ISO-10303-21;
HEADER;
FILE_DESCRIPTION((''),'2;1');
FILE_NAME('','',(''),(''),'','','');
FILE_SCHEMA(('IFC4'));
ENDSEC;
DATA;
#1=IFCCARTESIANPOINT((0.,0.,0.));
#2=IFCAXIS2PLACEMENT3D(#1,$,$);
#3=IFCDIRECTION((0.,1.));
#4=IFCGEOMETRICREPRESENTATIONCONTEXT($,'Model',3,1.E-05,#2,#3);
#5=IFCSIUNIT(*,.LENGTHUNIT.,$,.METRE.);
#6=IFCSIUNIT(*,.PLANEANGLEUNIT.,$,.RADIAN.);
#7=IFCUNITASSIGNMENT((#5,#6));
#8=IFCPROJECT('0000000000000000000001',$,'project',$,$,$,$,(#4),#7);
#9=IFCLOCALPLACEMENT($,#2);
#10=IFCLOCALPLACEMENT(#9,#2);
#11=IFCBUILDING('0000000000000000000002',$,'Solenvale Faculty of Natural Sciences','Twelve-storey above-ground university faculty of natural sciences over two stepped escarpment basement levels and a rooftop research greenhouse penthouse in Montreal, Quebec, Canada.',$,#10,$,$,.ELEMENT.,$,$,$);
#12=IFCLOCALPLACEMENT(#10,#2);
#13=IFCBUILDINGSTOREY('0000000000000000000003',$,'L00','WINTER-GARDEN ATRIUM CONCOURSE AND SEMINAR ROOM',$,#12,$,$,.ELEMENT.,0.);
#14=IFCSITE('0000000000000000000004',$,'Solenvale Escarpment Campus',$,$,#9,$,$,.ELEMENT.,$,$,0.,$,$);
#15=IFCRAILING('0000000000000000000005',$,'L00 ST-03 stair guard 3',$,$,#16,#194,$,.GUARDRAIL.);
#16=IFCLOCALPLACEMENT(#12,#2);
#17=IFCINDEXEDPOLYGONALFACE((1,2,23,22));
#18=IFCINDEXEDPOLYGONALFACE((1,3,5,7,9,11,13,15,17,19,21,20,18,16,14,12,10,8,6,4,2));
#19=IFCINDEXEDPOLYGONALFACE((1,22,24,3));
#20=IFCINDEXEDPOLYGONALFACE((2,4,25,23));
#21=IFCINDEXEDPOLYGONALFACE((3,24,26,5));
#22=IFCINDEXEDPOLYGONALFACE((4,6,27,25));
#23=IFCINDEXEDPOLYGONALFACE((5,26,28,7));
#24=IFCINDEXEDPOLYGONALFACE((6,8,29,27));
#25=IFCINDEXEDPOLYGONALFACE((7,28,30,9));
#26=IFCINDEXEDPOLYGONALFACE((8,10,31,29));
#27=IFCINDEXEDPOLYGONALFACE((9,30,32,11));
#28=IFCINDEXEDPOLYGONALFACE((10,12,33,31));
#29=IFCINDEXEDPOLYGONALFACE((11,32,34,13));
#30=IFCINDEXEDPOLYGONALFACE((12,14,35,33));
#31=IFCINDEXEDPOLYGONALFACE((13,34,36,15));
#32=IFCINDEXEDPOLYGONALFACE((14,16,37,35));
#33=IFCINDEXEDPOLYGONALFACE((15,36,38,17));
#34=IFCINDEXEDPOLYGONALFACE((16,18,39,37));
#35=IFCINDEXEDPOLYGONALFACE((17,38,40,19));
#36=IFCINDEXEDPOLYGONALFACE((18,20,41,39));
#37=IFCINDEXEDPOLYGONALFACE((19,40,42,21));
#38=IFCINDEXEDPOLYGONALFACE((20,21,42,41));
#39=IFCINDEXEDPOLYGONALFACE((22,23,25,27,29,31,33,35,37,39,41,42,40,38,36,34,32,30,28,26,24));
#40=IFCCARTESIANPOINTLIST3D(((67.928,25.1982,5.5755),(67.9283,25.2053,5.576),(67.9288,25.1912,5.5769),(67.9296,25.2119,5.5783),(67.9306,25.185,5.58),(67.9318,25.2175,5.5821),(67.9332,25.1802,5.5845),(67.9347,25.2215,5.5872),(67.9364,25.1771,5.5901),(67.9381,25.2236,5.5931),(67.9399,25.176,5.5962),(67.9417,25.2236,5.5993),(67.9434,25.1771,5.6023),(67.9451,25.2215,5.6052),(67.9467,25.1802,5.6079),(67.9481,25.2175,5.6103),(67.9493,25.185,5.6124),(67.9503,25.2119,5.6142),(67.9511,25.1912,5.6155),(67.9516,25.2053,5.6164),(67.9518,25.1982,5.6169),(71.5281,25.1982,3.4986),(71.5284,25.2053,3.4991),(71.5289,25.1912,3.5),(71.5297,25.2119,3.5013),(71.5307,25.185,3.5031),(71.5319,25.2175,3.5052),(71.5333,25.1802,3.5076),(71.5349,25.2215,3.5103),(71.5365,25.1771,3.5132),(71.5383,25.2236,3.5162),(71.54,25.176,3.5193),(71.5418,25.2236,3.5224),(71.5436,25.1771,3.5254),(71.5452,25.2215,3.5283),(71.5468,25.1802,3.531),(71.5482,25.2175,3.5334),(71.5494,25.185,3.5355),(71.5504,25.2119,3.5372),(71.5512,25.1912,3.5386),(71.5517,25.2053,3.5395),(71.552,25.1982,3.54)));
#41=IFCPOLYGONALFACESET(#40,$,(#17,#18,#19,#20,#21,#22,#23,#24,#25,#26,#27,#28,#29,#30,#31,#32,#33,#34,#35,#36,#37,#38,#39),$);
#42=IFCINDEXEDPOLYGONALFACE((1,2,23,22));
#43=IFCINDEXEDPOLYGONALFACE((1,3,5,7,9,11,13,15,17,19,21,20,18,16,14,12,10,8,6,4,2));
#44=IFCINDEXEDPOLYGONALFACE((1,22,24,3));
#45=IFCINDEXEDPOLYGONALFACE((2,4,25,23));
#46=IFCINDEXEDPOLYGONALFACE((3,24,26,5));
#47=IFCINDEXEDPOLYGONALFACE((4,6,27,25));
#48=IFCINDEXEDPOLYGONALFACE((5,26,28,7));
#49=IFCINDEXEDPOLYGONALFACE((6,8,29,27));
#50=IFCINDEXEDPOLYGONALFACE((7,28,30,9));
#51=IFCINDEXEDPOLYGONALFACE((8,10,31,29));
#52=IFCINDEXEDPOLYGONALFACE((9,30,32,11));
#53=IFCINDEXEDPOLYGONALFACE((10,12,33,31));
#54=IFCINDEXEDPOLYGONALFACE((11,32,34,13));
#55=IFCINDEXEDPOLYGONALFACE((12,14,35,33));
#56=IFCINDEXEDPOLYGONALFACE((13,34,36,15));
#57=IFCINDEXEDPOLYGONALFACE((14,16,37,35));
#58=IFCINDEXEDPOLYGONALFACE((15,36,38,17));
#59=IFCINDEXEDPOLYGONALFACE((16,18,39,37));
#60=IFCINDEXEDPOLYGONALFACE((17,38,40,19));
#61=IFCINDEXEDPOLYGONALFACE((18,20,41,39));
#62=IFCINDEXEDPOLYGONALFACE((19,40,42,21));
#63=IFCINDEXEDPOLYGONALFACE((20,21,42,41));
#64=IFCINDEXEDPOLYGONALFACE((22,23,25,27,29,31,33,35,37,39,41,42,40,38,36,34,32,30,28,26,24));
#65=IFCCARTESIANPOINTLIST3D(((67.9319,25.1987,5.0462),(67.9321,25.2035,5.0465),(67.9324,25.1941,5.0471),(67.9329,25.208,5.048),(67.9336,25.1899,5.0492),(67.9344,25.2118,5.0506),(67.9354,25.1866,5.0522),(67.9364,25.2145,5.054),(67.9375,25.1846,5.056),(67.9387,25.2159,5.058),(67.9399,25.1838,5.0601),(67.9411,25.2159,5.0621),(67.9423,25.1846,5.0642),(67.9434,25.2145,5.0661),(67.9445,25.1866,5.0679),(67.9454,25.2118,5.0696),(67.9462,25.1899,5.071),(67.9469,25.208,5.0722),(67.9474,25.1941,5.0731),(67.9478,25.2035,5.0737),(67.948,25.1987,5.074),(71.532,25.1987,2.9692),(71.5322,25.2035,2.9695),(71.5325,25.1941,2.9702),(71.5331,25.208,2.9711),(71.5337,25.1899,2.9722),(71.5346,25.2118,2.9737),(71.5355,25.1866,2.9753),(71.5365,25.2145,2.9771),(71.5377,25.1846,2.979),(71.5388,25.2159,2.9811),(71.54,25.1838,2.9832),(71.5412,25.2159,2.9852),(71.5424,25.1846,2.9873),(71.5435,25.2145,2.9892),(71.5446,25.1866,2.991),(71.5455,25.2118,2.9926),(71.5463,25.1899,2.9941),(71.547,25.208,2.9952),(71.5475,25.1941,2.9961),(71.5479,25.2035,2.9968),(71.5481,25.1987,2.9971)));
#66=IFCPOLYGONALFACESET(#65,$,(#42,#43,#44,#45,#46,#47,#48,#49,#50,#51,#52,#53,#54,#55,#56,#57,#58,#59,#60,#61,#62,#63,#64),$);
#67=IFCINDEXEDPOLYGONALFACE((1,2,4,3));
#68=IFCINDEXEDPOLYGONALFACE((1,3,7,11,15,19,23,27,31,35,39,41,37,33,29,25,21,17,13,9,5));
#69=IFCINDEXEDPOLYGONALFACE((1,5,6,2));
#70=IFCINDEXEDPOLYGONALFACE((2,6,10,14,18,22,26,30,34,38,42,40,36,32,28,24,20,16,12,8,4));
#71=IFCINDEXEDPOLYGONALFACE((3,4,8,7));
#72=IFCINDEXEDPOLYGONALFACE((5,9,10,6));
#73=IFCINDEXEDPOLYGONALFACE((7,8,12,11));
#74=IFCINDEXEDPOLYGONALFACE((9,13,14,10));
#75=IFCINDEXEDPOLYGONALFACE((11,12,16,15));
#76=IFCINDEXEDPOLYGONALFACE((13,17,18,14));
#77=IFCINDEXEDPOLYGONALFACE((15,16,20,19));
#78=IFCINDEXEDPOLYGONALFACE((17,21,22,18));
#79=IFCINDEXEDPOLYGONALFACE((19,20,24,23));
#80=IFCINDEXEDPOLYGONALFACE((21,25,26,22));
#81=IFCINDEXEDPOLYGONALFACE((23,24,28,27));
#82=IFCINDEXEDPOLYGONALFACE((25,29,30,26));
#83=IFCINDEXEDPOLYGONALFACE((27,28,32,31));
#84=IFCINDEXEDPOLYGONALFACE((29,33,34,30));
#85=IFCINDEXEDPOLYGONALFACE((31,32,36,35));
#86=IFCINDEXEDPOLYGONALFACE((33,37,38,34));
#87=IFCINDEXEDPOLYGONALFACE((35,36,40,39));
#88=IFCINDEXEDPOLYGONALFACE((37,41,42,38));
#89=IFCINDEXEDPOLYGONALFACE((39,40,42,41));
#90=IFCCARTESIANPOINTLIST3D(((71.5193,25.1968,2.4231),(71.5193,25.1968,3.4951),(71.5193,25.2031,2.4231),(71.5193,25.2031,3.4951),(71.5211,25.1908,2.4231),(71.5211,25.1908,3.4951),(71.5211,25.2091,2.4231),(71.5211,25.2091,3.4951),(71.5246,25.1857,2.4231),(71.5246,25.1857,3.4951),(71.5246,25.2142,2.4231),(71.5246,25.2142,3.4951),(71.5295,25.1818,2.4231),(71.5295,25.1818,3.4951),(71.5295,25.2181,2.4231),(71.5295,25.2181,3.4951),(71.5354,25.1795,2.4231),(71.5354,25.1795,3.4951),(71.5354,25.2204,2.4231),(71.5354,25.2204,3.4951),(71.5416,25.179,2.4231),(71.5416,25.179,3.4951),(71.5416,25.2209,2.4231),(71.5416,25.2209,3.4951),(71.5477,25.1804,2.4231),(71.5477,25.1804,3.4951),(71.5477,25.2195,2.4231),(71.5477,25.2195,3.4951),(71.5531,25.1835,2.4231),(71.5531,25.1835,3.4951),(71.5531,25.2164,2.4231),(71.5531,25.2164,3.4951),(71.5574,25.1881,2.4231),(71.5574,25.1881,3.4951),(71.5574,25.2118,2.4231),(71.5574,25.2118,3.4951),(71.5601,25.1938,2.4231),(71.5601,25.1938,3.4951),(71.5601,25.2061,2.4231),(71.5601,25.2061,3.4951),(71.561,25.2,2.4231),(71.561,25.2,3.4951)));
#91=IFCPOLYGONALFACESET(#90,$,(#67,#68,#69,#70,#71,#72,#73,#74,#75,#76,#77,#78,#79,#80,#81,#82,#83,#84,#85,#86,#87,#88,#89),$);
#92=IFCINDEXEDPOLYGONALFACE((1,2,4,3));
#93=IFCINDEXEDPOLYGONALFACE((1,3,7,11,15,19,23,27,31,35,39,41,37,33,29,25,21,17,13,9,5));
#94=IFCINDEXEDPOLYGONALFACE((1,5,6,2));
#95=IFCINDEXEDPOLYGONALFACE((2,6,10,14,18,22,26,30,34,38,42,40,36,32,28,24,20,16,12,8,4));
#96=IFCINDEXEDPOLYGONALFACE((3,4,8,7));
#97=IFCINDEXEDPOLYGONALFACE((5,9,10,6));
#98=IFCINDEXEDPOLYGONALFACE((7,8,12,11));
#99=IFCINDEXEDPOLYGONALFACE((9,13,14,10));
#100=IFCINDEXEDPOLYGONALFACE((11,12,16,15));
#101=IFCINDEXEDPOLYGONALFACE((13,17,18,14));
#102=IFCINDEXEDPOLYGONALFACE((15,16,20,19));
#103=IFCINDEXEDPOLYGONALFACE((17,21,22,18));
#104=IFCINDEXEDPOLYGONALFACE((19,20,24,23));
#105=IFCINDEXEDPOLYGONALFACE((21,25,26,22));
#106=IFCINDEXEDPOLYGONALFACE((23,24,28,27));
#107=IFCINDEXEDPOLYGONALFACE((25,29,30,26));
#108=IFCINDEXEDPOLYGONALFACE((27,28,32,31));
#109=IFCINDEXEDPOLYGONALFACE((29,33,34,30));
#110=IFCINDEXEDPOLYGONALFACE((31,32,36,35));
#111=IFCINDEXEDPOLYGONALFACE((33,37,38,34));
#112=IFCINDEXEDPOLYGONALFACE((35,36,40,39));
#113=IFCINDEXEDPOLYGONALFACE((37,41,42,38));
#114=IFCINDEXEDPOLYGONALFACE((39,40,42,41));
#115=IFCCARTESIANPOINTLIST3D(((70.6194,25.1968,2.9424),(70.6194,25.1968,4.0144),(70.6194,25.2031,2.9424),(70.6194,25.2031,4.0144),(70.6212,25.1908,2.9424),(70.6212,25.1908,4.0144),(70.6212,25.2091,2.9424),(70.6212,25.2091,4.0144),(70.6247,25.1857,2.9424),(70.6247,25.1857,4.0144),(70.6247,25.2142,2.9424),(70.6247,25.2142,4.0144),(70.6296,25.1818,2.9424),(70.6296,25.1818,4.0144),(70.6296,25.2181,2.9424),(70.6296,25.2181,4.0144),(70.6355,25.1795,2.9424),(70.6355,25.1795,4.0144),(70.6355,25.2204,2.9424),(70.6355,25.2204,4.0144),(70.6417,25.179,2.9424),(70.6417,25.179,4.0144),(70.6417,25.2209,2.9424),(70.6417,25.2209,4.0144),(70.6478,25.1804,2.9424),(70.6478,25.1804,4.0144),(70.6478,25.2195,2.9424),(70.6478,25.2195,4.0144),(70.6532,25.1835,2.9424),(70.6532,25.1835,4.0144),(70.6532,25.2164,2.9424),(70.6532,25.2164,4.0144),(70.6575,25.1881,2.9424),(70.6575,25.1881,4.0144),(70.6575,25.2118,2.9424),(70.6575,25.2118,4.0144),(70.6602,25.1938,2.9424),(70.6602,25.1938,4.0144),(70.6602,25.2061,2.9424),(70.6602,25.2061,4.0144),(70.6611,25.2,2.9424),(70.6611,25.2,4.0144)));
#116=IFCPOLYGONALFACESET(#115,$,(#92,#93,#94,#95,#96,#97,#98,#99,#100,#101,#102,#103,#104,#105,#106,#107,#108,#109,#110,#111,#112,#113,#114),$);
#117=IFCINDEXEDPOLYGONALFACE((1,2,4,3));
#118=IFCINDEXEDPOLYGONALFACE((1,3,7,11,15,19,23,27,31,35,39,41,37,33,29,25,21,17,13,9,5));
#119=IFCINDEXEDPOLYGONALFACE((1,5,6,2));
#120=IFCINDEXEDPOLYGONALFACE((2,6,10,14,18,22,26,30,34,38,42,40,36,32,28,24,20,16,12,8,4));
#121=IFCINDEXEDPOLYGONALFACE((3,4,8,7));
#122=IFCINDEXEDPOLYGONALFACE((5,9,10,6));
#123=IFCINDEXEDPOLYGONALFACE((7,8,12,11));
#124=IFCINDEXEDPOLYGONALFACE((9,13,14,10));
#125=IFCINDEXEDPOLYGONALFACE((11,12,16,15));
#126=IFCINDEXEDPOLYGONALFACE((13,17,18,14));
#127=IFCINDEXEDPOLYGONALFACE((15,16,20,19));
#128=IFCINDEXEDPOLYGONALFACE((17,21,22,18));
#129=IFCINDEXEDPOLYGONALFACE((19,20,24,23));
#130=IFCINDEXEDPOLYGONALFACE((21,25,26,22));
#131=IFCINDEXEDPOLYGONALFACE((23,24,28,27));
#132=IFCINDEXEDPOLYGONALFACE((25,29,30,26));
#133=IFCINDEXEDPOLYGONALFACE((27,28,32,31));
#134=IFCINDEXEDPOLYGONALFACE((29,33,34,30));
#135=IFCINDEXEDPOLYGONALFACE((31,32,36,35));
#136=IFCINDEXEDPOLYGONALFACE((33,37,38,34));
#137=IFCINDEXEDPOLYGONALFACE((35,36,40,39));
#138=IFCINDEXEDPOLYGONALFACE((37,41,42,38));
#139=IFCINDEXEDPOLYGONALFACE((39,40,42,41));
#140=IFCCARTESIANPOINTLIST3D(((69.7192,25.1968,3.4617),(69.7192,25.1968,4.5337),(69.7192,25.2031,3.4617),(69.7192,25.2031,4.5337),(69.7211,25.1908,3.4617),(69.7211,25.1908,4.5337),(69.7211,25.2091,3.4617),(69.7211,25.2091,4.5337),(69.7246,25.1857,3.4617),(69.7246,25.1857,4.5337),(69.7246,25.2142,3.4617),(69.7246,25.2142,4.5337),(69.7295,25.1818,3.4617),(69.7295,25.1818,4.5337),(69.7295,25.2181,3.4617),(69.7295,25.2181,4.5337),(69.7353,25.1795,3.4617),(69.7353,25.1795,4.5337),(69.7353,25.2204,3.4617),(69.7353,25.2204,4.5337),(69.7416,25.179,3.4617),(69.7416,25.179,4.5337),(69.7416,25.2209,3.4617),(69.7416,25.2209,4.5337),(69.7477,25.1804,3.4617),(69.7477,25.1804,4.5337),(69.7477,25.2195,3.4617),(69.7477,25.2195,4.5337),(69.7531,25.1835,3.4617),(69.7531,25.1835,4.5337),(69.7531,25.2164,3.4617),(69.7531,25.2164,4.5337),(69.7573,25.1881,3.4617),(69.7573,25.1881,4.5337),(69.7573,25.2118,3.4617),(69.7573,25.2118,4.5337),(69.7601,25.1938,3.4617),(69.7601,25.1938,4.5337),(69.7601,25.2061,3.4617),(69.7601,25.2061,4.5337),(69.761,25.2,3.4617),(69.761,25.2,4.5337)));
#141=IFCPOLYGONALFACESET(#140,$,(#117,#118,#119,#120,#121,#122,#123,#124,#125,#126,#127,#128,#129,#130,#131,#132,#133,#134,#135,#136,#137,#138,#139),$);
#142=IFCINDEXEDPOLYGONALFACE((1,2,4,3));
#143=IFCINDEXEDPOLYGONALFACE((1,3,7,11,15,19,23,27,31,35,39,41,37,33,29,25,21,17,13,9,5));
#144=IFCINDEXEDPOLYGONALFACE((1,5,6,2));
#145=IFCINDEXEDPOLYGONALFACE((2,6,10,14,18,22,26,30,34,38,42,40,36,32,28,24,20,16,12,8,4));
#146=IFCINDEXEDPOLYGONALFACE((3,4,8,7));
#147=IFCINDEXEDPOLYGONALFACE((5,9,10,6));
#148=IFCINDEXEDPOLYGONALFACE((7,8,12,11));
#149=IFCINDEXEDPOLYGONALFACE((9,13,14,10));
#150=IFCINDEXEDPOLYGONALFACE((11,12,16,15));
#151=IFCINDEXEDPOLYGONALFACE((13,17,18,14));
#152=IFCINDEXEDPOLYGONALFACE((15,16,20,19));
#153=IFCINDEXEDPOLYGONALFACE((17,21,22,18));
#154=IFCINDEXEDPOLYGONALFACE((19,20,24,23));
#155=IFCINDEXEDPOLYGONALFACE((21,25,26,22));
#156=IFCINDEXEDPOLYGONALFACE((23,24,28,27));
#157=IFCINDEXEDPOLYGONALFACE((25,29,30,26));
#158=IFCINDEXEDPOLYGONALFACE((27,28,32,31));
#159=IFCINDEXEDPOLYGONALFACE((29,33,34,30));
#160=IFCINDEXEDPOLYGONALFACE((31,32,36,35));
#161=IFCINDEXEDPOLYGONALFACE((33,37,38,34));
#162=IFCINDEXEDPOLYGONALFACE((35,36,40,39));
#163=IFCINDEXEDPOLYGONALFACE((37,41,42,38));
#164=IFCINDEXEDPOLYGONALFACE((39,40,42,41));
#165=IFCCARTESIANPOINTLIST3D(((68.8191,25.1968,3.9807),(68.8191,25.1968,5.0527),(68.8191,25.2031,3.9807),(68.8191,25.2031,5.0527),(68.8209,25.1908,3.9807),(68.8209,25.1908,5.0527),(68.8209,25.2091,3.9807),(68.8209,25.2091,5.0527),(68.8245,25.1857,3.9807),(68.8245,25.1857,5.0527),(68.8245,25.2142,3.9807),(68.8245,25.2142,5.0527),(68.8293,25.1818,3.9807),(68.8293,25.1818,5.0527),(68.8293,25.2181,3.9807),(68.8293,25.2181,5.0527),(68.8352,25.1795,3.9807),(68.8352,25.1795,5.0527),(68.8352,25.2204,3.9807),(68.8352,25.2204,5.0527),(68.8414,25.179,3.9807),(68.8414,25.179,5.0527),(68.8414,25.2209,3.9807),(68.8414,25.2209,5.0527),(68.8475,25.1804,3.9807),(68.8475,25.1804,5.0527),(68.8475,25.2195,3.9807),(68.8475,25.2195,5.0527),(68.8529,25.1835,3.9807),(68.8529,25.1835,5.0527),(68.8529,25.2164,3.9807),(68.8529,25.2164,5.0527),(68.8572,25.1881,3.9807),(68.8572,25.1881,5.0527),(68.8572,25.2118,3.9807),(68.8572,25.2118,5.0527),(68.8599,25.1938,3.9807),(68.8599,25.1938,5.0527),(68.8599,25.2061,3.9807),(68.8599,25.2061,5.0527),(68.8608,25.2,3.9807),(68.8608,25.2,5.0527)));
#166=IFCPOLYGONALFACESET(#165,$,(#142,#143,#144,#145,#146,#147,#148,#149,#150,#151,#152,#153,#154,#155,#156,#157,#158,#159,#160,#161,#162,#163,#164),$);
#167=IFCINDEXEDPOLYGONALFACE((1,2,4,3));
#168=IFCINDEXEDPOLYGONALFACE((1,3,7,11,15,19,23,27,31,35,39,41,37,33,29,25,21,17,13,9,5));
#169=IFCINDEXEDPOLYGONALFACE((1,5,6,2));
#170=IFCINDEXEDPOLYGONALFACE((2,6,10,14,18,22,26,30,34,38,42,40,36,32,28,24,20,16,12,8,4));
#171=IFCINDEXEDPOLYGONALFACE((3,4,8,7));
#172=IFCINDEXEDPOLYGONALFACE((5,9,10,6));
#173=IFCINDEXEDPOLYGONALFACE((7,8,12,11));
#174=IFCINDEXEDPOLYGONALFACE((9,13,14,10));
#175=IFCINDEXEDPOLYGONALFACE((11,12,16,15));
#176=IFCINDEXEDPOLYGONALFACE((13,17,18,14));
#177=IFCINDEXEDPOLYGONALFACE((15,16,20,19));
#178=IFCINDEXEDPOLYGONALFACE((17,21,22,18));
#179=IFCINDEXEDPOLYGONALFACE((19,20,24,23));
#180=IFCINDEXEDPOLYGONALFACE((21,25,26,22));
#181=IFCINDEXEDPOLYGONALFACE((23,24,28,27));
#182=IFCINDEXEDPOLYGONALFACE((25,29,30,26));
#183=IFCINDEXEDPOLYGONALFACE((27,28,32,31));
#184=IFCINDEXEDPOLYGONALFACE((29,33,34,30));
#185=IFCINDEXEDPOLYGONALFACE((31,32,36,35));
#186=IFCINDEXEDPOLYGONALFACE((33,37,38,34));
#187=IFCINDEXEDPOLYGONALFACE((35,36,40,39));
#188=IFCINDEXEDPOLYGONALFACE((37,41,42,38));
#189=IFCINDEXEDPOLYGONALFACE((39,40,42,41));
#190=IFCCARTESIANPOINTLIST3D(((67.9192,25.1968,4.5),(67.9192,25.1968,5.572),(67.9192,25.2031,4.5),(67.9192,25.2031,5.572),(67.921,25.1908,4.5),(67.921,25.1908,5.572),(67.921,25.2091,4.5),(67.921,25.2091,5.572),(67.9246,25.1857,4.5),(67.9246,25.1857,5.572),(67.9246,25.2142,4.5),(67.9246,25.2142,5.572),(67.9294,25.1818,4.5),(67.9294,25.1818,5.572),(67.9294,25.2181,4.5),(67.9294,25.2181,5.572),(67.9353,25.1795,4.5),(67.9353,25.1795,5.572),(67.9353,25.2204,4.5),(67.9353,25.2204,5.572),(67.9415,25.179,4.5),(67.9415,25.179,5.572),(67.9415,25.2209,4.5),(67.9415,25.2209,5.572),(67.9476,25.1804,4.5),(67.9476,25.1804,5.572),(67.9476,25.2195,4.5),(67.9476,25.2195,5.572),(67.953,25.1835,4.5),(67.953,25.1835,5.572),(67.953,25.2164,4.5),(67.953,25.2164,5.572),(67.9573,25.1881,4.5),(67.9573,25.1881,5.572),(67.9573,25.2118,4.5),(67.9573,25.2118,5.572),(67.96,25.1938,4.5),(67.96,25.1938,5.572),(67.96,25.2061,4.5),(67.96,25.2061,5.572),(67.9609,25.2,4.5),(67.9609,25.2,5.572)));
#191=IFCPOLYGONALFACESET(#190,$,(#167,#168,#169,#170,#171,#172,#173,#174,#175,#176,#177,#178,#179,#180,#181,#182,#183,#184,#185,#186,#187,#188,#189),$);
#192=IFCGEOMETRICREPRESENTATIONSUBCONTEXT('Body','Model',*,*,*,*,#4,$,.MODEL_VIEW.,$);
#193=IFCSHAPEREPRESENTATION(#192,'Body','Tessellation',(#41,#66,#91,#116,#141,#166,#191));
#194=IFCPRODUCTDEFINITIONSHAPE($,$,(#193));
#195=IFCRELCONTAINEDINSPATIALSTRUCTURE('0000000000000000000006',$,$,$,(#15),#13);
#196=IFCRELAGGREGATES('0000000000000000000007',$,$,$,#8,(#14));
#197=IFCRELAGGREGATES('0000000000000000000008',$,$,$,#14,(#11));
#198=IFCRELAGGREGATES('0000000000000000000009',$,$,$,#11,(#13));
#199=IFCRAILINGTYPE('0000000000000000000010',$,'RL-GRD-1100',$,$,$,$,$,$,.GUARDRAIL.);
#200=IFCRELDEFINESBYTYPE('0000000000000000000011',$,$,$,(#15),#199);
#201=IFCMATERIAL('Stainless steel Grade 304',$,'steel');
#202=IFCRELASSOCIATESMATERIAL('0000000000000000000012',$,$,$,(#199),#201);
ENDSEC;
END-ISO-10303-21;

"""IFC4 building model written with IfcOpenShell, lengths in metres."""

from ifc_helpers import new_model, si_unit, direction, frame, origin, origin_2d, place, context, subcontext, project, spatial, circle, extrude, material, type_object, element, save


model = new_model("IFC4")

# Units and contexts
model_context = context("Model", 3, precision=1e-05, world=origin(), true_north=direction((0.0, 1.0)))
body_context = subcontext(model_context, "Body", "Model", "MODEL_VIEW")
ifc_project = project(units=[si_unit("LENGTHUNIT", "METRE"), si_unit("PLANEANGLEUNIT", "RADIAN")], contexts=[model_context])

# Site, building, storey
site_placement = place(None, origin())
site = spatial("IfcSite", under=ifc_project, at=site_placement, Name="Solenvale Escarpment Campus", CompositionType="ELEMENT", RefElevation=0.0)
building_placement = place(site_placement, origin())
building = spatial("IfcBuilding", under=site, at=building_placement, Name="Solenvale Faculty of Natural Sciences", Description="Twelve-storey above-ground university faculty of natural sciences over two stepped escarpment basement levels and a rooftop research greenhouse penthouse in Montreal, Quebec, Canada.", CompositionType="ELEMENT")
storey_placement = place(building_placement, origin())
storey = spatial("IfcBuildingStorey", under=building, at=storey_placement, Name="L00", Description="WINTER-GARDEN ATRIUM CONCOURSE AND SEMINAR ROOM", CompositionType="ELEMENT", Elevation=0.0)

# Shared definitions
ifc_material_1 = material(Name="Stainless steel Grade 304", Category="steel")

# Railing
railing_type_1 = type_object("IfcRailingType", Name="RL-GRD-1100", PredefinedType="GUARDRAIL", material=ifc_material_1)
railing_1_placement = place(storey_placement, frame((71.54, 25.2, 2.4231)))
element("IfcRailing", 1, at=railing_1_placement, inside=storey, type_object=railing_type_1, Name="L00 ST-03 stair guard 3", PredefinedType="GUARDRAIL", context=body_context, shape_type="SweptSolid", body=[
    extrude(circle(Radius=0.0239, at=origin_2d()), frame((0.0, 0.0, 1.0962), z_axis=(-0.866193, 0.0, 0.499709), x_axis=(0.0, -1.0, 0.0)), (0.0, 0.0, 1.0), 4.1562),
    extrude(circle(Radius=0.0161, at=origin_2d()), frame((0.0, 0.0, 0.5601), z_axis=(-0.866193, 0.0, 0.499709), x_axis=(0.0, -1.0, 0.0)), (0.0, 0.0, 1.0), 4.1562),
    extrude(circle(Radius=0.021, at=origin_2d()), origin(), (0.0, 0.0, 1.0), 1.072),
    extrude(circle(Radius=0.021, at=origin_2d()), frame((-0.8999, 0.0, 0.5193)), (0.0, 0.0, 1.0), 1.072),
    extrude(circle(Radius=0.021, at=origin_2d()), frame((-1.8, 0.0, 1.0386)), (0.0, 0.0, 1.0), 1.072),
    extrude(circle(Radius=0.021, at=origin_2d()), frame((-2.7002, 0.0, 1.5576)), (0.0, 0.0, 1.0), 1.072),
    extrude(circle(Radius=0.021, at=origin_2d()), frame((-3.6001, 0.0, 2.0769)), (0.0, 0.0, 1.0), 1.072),
])

save(model, "model.ifc")
